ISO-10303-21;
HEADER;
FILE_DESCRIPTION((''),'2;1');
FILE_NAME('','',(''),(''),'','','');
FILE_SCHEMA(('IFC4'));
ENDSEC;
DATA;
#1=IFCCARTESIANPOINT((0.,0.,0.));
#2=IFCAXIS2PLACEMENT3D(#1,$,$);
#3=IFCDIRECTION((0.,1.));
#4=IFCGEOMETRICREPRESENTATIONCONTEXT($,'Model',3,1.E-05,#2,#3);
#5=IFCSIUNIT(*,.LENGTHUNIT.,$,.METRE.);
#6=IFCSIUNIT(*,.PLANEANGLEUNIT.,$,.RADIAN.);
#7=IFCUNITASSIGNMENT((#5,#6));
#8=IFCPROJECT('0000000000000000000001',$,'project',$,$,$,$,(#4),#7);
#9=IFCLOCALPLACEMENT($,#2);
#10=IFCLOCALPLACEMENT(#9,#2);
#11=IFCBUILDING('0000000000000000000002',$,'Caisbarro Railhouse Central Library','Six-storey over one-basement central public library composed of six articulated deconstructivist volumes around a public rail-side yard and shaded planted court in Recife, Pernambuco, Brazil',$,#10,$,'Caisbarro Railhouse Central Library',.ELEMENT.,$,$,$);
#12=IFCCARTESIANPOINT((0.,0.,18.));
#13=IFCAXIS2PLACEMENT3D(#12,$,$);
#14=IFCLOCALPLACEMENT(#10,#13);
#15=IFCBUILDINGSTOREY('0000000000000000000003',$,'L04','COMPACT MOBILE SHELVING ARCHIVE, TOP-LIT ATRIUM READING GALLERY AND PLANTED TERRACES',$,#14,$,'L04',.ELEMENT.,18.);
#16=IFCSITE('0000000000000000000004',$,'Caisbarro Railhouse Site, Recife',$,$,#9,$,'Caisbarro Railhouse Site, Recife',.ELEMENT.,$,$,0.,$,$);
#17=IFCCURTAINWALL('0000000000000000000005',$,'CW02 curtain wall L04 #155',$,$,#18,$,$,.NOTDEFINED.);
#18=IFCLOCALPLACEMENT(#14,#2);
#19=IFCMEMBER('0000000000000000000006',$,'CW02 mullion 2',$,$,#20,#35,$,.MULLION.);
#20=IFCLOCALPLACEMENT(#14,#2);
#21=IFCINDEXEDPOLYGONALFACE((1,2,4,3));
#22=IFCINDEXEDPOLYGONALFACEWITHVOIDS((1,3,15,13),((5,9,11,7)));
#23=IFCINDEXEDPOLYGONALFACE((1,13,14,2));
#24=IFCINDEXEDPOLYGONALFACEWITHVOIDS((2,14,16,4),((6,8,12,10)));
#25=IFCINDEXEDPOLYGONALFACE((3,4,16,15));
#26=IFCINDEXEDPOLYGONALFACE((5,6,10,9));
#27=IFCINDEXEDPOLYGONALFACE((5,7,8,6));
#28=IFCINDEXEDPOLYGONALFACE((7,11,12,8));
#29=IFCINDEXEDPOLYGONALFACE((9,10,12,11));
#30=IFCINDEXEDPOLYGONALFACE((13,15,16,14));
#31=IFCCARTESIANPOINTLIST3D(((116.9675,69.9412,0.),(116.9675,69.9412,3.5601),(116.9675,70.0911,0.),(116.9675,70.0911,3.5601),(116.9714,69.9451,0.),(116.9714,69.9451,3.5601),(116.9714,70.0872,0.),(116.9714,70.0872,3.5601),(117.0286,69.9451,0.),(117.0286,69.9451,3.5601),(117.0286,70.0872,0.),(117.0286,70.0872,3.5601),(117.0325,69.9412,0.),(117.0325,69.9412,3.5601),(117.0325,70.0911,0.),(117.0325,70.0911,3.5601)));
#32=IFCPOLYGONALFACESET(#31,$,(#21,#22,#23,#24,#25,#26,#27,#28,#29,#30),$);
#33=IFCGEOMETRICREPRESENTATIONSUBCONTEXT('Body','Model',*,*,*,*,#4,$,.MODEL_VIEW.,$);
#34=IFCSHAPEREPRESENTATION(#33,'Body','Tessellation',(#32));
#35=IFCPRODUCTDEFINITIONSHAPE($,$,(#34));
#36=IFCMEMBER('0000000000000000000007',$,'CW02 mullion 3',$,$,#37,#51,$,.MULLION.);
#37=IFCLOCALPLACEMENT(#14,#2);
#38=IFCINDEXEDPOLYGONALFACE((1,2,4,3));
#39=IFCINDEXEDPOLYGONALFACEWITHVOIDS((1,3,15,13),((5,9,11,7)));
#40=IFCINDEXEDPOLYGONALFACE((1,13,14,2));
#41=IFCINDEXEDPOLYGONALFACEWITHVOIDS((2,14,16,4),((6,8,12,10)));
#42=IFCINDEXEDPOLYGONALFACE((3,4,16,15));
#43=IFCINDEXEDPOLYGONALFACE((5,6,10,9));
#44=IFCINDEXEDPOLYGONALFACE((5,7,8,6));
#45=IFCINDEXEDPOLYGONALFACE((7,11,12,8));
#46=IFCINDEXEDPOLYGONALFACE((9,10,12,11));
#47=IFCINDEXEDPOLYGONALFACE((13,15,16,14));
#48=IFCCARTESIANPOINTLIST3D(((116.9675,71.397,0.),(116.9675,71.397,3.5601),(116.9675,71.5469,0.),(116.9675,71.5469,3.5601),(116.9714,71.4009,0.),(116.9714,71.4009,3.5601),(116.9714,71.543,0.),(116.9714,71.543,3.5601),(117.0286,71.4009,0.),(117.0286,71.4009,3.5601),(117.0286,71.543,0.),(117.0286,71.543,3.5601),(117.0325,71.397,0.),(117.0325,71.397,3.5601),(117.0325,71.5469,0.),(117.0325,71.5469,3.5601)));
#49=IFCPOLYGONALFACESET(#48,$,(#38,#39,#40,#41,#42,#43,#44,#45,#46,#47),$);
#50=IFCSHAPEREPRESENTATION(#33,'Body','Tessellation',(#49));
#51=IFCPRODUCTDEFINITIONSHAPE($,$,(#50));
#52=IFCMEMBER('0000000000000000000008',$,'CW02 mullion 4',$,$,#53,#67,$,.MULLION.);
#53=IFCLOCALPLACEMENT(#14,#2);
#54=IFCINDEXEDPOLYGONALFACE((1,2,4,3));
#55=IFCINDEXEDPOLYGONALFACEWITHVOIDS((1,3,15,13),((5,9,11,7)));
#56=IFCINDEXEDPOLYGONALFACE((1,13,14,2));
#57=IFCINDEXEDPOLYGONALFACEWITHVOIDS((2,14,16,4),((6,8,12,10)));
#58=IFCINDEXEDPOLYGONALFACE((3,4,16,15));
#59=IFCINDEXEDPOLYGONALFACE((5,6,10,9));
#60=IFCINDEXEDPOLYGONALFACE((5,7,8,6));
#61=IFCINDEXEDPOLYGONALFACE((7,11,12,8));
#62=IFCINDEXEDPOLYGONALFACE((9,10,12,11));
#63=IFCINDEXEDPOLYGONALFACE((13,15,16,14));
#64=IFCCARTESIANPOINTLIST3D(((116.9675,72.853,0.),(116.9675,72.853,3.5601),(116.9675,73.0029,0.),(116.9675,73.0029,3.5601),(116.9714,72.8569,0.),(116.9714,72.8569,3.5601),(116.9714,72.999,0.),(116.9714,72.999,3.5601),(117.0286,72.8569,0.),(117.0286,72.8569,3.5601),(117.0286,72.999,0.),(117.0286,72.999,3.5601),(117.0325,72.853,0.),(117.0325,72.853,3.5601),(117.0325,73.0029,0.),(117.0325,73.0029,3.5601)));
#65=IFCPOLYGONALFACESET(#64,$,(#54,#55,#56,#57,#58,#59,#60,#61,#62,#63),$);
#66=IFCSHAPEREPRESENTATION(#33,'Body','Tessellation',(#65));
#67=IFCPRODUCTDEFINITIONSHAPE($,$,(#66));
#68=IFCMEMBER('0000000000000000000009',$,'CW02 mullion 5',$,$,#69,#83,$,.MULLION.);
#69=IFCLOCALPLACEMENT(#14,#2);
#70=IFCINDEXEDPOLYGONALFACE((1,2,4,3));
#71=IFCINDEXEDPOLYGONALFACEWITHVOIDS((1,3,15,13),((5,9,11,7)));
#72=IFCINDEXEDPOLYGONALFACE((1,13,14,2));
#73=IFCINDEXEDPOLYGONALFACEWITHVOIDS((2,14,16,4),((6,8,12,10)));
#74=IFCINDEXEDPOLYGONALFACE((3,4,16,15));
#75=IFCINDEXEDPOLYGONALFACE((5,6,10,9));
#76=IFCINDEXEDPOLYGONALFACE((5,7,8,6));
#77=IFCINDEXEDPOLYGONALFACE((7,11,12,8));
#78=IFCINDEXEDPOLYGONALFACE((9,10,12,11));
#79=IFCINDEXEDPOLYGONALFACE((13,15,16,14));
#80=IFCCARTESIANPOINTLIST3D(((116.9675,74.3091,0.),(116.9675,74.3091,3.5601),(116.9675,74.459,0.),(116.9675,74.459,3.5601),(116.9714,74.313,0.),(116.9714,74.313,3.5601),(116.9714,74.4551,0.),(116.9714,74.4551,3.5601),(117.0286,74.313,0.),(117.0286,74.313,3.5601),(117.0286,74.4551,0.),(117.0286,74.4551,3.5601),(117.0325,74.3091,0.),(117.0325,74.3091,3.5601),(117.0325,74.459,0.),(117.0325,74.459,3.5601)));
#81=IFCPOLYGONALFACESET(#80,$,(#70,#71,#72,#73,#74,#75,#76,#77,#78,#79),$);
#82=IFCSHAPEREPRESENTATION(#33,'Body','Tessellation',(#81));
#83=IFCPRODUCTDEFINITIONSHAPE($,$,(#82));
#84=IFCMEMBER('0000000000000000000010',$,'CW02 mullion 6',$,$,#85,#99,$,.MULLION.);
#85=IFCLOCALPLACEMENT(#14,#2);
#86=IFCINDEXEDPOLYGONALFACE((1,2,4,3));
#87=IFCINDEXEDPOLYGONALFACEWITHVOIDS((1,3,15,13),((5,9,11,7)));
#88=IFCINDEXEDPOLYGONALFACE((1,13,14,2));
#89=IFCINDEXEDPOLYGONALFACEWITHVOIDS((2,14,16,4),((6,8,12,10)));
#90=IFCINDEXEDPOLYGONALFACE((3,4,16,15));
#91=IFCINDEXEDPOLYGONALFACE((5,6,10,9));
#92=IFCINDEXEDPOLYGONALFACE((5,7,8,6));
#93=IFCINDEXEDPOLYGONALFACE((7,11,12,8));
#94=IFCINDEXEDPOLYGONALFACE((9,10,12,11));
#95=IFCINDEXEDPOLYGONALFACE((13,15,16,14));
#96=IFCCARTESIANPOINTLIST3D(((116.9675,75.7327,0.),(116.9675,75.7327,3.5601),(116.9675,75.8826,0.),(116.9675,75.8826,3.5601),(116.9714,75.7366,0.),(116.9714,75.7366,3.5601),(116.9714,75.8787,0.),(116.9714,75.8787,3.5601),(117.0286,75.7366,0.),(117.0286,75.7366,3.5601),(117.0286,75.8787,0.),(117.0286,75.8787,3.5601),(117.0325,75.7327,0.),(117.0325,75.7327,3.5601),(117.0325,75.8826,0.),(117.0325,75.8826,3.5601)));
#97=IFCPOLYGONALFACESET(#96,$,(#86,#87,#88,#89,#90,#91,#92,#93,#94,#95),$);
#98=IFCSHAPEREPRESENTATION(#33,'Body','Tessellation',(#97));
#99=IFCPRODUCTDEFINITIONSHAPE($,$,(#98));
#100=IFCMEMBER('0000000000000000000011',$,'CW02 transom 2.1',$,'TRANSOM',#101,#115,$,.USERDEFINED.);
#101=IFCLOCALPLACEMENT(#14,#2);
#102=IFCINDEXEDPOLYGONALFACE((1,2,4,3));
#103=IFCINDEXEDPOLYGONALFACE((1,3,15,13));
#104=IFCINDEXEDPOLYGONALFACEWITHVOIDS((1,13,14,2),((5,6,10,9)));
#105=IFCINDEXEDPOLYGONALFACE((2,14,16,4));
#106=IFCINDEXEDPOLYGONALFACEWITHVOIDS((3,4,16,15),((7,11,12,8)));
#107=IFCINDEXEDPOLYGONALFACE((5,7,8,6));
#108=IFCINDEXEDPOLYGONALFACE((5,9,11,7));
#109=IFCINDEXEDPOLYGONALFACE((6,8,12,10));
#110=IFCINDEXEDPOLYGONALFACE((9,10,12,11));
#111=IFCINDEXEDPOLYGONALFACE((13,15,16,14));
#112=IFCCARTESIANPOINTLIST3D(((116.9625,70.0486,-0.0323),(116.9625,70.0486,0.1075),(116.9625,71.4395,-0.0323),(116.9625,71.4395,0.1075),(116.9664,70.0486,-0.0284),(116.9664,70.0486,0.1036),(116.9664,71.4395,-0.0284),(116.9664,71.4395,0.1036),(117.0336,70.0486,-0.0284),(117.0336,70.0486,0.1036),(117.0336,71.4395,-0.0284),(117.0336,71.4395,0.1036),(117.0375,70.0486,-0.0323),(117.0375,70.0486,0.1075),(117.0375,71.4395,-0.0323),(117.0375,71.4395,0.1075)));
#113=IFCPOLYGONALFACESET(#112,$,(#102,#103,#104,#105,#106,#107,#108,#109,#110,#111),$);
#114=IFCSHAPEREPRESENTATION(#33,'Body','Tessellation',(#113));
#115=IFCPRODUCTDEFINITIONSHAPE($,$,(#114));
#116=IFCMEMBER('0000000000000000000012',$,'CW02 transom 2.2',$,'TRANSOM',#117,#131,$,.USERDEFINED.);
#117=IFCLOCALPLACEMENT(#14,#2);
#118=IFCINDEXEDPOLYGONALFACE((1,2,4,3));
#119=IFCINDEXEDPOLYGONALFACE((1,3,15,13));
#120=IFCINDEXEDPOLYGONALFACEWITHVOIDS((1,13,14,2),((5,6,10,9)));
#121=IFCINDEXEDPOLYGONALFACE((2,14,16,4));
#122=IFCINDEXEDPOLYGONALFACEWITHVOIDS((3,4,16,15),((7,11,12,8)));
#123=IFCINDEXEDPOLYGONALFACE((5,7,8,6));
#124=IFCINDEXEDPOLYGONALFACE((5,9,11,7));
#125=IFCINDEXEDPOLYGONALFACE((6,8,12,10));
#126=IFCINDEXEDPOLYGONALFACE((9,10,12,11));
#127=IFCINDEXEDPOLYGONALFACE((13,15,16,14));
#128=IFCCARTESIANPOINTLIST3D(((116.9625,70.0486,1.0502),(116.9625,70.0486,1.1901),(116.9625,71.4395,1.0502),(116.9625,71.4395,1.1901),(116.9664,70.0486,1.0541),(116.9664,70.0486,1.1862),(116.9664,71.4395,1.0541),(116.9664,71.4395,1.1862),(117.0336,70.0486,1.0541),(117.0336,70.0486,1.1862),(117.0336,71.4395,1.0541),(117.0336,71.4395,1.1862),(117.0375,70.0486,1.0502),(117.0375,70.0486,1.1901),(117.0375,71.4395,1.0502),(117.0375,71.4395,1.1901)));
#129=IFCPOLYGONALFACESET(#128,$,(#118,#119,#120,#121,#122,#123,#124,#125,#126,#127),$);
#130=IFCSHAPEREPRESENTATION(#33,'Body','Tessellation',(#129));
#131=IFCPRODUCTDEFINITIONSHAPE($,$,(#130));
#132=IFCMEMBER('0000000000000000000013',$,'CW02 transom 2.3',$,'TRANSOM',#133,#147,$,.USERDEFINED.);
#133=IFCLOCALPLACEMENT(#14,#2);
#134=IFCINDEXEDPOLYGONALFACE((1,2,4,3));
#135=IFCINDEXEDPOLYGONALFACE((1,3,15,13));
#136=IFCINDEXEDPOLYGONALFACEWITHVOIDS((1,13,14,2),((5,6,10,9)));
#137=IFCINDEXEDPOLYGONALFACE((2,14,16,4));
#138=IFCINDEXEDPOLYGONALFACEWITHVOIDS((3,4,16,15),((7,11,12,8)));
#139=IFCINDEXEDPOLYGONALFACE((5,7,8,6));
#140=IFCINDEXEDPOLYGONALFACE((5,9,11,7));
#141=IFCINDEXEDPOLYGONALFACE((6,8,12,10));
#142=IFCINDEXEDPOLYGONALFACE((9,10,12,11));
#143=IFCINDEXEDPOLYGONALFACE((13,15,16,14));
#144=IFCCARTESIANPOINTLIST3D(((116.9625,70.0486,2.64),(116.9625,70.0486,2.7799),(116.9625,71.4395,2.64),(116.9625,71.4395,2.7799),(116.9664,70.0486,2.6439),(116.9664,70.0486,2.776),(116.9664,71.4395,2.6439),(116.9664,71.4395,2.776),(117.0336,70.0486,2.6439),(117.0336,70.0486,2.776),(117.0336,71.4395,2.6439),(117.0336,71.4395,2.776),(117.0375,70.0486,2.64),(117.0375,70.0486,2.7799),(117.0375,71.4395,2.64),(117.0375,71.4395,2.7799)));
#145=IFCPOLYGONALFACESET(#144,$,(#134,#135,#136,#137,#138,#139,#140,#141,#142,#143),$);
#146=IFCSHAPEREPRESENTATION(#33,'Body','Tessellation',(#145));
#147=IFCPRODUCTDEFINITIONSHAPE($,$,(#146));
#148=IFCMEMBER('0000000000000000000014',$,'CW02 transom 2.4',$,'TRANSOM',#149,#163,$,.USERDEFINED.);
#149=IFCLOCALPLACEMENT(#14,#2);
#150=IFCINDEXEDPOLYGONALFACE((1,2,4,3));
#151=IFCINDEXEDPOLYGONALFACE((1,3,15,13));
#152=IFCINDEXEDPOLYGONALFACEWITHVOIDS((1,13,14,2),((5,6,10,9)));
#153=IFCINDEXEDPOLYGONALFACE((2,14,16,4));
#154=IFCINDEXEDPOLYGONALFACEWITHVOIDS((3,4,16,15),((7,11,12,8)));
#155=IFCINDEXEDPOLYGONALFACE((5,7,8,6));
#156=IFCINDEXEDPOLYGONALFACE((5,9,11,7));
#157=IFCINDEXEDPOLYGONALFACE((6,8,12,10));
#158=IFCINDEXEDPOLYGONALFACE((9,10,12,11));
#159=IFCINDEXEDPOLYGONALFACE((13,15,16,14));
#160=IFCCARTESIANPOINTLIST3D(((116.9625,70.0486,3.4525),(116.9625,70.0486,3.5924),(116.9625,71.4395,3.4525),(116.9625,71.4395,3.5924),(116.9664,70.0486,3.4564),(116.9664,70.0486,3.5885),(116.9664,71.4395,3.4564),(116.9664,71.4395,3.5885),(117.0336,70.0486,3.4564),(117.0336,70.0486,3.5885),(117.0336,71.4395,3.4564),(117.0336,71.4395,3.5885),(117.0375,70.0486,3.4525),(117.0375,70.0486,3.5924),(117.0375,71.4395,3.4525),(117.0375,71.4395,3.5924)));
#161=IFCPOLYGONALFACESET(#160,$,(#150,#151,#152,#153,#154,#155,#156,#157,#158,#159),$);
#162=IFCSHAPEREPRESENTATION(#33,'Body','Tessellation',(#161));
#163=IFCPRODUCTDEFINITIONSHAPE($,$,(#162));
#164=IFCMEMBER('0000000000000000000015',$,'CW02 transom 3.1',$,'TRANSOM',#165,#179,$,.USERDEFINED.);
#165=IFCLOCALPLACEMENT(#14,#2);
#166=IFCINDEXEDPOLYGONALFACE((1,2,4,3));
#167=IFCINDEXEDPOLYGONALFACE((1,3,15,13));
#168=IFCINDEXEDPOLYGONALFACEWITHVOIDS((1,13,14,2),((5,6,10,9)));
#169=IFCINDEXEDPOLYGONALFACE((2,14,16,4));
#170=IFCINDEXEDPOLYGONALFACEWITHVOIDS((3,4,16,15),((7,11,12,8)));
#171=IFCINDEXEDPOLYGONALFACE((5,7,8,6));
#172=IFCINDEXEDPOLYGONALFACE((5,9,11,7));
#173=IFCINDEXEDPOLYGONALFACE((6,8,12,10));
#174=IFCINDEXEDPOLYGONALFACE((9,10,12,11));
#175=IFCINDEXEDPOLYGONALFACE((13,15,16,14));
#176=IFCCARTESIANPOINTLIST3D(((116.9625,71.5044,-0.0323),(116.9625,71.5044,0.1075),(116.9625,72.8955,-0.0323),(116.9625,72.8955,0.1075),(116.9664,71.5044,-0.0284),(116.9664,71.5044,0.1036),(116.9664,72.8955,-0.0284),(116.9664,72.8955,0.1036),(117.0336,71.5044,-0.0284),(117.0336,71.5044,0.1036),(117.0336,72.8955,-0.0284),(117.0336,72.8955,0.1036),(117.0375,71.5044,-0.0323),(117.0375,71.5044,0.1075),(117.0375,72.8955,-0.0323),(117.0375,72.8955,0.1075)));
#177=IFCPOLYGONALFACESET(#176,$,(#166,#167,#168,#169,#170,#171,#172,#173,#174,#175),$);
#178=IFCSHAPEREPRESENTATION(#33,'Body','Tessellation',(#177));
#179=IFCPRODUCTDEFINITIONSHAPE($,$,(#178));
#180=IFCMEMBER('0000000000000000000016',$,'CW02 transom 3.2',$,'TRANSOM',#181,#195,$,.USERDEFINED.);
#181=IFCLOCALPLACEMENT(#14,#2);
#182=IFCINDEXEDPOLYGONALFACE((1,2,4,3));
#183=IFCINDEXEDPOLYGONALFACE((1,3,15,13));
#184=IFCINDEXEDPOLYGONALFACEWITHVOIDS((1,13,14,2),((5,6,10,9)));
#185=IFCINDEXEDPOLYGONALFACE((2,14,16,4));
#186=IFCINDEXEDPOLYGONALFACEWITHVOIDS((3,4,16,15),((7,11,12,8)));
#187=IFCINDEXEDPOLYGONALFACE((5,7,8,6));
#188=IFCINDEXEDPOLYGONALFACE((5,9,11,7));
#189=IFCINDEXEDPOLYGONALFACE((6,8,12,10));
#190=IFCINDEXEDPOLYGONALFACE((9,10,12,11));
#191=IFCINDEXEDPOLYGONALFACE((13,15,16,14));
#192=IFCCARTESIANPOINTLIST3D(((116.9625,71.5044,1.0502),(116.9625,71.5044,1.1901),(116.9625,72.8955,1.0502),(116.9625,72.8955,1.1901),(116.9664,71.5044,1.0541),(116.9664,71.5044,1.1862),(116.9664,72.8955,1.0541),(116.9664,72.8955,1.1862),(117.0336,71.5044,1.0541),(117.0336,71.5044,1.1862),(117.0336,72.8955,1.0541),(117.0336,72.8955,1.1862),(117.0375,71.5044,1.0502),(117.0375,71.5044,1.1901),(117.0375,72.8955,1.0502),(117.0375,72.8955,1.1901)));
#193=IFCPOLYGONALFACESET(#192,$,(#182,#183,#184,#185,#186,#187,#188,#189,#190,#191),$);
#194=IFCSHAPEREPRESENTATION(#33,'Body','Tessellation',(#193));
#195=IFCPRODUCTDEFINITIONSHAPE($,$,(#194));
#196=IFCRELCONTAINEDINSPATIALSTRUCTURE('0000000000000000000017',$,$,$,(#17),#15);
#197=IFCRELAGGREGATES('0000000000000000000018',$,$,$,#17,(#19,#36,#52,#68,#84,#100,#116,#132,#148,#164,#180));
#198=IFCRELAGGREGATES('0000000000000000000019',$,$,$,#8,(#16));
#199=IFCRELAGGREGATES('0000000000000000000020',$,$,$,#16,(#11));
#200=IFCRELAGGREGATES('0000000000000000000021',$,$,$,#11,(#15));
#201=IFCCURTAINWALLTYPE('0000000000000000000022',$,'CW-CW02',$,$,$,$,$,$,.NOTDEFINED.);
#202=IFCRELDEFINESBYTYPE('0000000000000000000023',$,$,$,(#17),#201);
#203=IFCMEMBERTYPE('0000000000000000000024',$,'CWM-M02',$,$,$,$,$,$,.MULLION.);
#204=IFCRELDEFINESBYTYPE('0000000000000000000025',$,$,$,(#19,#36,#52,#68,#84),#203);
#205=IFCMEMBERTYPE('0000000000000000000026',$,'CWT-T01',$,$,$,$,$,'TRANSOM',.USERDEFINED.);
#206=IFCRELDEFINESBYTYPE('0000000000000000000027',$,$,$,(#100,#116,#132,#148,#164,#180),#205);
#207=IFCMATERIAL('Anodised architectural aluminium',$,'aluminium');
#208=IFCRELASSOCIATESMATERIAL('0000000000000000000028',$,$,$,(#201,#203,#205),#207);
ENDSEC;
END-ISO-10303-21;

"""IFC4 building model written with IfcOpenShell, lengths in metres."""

from ifc_helpers import new_model, si_unit, direction, frame, origin, origin_2d, place, context, subcontext, project, spatial, hollow_rectangle, extrude, material, material_profile, profile_set, type_object, element, aggregate, save


model = new_model("IFC4")

# Units and contexts
model_context = context("Model", 3, precision=1e-05, world=origin(), true_north=direction((0.0, 1.0)))
body_context = subcontext(model_context, "Body", "Model", "MODEL_VIEW")
ifc_project = project(units=[si_unit("LENGTHUNIT", "METRE"), si_unit("PLANEANGLEUNIT", "RADIAN")], contexts=[model_context])

# Site, building, storey
site_placement = place(None, origin())
site = spatial("IfcSite", under=ifc_project, at=site_placement, Name="Caisbarro Railhouse Site, Recife", LongName="Caisbarro Railhouse Site, Recife", CompositionType="ELEMENT", RefElevation=0.0)
building_placement = place(site_placement, origin())
building = spatial("IfcBuilding", under=site, at=building_placement, Name="Caisbarro Railhouse Central Library", Description="Six-storey over one-basement central public library composed of six articulated deconstructivist volumes around a public rail-side yard and shaded planted court in Recife, Pernambuco, Brazil", LongName="Caisbarro Railhouse Central Library", CompositionType="ELEMENT")
storey_placement = place(building_placement, frame((0.0, 0.0, 18.0)))
storey = spatial("IfcBuildingStorey", under=building, at=storey_placement, Name="L04", Description="COMPACT MOBILE SHELVING ARCHIVE, TOP-LIT ATRIUM READING GALLERY AND PLANTED TERRACES", LongName="L04", CompositionType="ELEMENT", Elevation=18.0)

# Curtain wall, members
ifc_material_1 = material(Name="Anodised architectural aluminium", Category="aluminium")
curtain_wall_type = type_object("IfcCurtainWallType", Name="CW-CW02", PredefinedType="NOTDEFINED", material=ifc_material_1)
curtain_wall_placement = place(storey_placement, origin())
curtain_wall = element("IfcCurtainWall", 1, at=curtain_wall_placement, inside=storey, type_object=curtain_wall_type, Name="CW02 curtain wall L04 #155", PredefinedType="NOTDEFINED")
ifc_material_profile_1 = material_profile(ifc_material_1, hollow_rectangle(XDim=0.0649, YDim=0.1499, WallThickness=0.0039, at=origin_2d()), Name="ALU-MUL-65X150")
ifc_profile_set_1 = profile_set([ifc_material_profile_1], Name="Anodised architectural aluminium")
member_type_1 = type_object("IfcMemberType", Name="CWM-M02", PredefinedType="MULLION", material=ifc_profile_set_1)
member_1_placement = place(storey_placement, frame((117.0, 70.0161, 0.0), z_axis=(0.0, 0.0, 1.0), x_axis=(-1.0, 0.0, 0.0)))
member_1 = element("IfcMember", 2, at=member_1_placement, type_object=member_type_1, Name="CW02 mullion 2", PredefinedType="MULLION", context=body_context, shape_type="SweptSolid", body=[
    extrude(hollow_rectangle(XDim=0.0649, YDim=0.1499, WallThickness=0.0039, at=origin_2d()), origin(), (0.0, 0.0, 1.0), 3.5601),
])
member_2_placement = place(storey_placement, frame((117.0, 71.4719, 0.0), z_axis=(0.0, 0.0, 1.0), x_axis=(-1.0, 0.0, 0.0)))
member_2 = element("IfcMember", 3, at=member_2_placement, type_object=member_type_1, Name="CW02 mullion 3", PredefinedType="MULLION", context=body_context, shape_type="SweptSolid", body=[
    extrude(hollow_rectangle(XDim=0.0649, YDim=0.1499, WallThickness=0.0039, at=origin_2d()), origin(), (0.0, 0.0, 1.0), 3.5601),
])
member_3_placement = place(storey_placement, frame((117.0, 72.928, 0.0), z_axis=(0.0, 0.0, 1.0), x_axis=(-1.0, 0.0, 0.0)))
member_3 = element("IfcMember", 4, at=member_3_placement, type_object=member_type_1, Name="CW02 mullion 4", PredefinedType="MULLION", context=body_context, shape_type="SweptSolid", body=[
    extrude(hollow_rectangle(XDim=0.0649, YDim=0.1499, WallThickness=0.0039, at=origin_2d()), origin(), (0.0, 0.0, 1.0), 3.5601),
])
member_4_placement = place(storey_placement, frame((117.0, 74.384, 0.0), z_axis=(0.0, 0.0, 1.0), x_axis=(-1.0, 0.0, 0.0)))
member_4 = element("IfcMember", 5, at=member_4_placement, type_object=member_type_1, Name="CW02 mullion 5", PredefinedType="MULLION", context=body_context, shape_type="SweptSolid", body=[
    extrude(hollow_rectangle(XDim=0.0649, YDim=0.1499, WallThickness=0.0039, at=origin_2d()), origin(), (0.0, 0.0, 1.0), 3.5601),
])
member_5_placement = place(storey_placement, frame((117.0, 75.8076, 0.0), z_axis=(0.0, 0.0, 1.0), x_axis=(-1.0, 0.0, 0.0)))
member_5 = element("IfcMember", 6, at=member_5_placement, type_object=member_type_1, Name="CW02 mullion 6", PredefinedType="MULLION", context=body_context, shape_type="SweptSolid", body=[
    extrude(hollow_rectangle(XDim=0.0649, YDim=0.1499, WallThickness=0.0039, at=origin_2d()), origin(), (0.0, 0.0, 1.0), 3.5601),
])
ifc_material_profile_2 = material_profile(ifc_material_1, hollow_rectangle(XDim=0.075, YDim=0.1399, WallThickness=0.0039, at=origin_2d()), Name="ALU-TRN-75X140")
ifc_profile_set_2 = profile_set([ifc_material_profile_2], Name="Anodised architectural aluminium")
member_type_2 = type_object("IfcMemberType", Name="CWT-T01", ElementType="TRANSOM", PredefinedType="USERDEFINED", material=ifc_profile_set_2)
member_6_placement = place(storey_placement, frame((117.0, 70.0486, 0.0376), z_axis=(0.0, 1.0, 0.0), x_axis=(-1.0, 0.0, 0.0)))
member_6 = element("IfcMember", 7, at=member_6_placement, type_object=member_type_2, Name="CW02 transom 2.1", ObjectType="TRANSOM", PredefinedType="USERDEFINED", context=body_context, shape_type="SweptSolid", body=[
    extrude(hollow_rectangle(XDim=0.075, YDim=0.1399, WallThickness=0.0039, at=origin_2d()), origin(), (0.0, 0.0, 1.0), 1.3909),
])
member_7_placement = place(storey_placement, frame((117.0, 70.0486, 1.1201), z_axis=(0.0, 1.0, 0.0), x_axis=(-1.0, 0.0, 0.0)))
member_7 = element("IfcMember", 8, at=member_7_placement, type_object=member_type_2, Name="CW02 transom 2.2", ObjectType="TRANSOM", PredefinedType="USERDEFINED", context=body_context, shape_type="SweptSolid", body=[
    extrude(hollow_rectangle(XDim=0.075, YDim=0.1399, WallThickness=0.0039, at=origin_2d()), origin(), (0.0, 0.0, 1.0), 1.3909),
])
member_8_placement = place(storey_placement, frame((117.0, 70.0486, 2.71), z_axis=(0.0, 1.0, 0.0), x_axis=(-1.0, 0.0, 0.0)))
member_8 = element("IfcMember", 9, at=member_8_placement, type_object=member_type_2, Name="CW02 transom 2.3", ObjectType="TRANSOM", PredefinedType="USERDEFINED", context=body_context, shape_type="SweptSolid", body=[
    extrude(hollow_rectangle(XDim=0.075, YDim=0.1399, WallThickness=0.0039, at=origin_2d()), origin(), (0.0, 0.0, 1.0), 1.3909),
])
member_9_placement = place(storey_placement, frame((117.0, 70.0486, 3.5225), z_axis=(0.0, 1.0, 0.0), x_axis=(-1.0, 0.0, 0.0)))
member_9 = element("IfcMember", 10, at=member_9_placement, type_object=member_type_2, Name="CW02 transom 2.4", ObjectType="TRANSOM", PredefinedType="USERDEFINED", context=body_context, shape_type="SweptSolid", body=[
    extrude(hollow_rectangle(XDim=0.075, YDim=0.1399, WallThickness=0.0039, at=origin_2d()), origin(), (0.0, 0.0, 1.0), 1.3909),
])
member_10_placement = place(storey_placement, frame((117.0, 71.5044, 0.0376), z_axis=(0.0, 1.0, 0.0), x_axis=(-1.0, 0.0, 0.0)))
member_10 = element("IfcMember", 11, at=member_10_placement, type_object=member_type_2, Name="CW02 transom 3.1", ObjectType="TRANSOM", PredefinedType="USERDEFINED", context=body_context, shape_type="SweptSolid", body=[
    extrude(hollow_rectangle(XDim=0.075, YDim=0.1399, WallThickness=0.0039, at=origin_2d()), origin(), (0.0, 0.0, 1.0), 1.3911),
])
member_11_placement = place(storey_placement, frame((117.0, 71.5044, 1.1201), z_axis=(0.0, 1.0, 0.0), x_axis=(-1.0, 0.0, 0.0)))
member_11 = element("IfcMember", 12, at=member_11_placement, type_object=member_type_2, Name="CW02 transom 3.2", ObjectType="TRANSOM", PredefinedType="USERDEFINED", context=body_context, shape_type="SweptSolid", body=[
    extrude(hollow_rectangle(XDim=0.075, YDim=0.1399, WallThickness=0.0039, at=origin_2d()), origin(), (0.0, 0.0, 1.0), 1.3911),
])
aggregate(curtain_wall, [member_1, member_2, member_3, member_4, member_5, member_6, member_7, member_8, member_9, member_10, member_11])

save(model, "model.ifc")
